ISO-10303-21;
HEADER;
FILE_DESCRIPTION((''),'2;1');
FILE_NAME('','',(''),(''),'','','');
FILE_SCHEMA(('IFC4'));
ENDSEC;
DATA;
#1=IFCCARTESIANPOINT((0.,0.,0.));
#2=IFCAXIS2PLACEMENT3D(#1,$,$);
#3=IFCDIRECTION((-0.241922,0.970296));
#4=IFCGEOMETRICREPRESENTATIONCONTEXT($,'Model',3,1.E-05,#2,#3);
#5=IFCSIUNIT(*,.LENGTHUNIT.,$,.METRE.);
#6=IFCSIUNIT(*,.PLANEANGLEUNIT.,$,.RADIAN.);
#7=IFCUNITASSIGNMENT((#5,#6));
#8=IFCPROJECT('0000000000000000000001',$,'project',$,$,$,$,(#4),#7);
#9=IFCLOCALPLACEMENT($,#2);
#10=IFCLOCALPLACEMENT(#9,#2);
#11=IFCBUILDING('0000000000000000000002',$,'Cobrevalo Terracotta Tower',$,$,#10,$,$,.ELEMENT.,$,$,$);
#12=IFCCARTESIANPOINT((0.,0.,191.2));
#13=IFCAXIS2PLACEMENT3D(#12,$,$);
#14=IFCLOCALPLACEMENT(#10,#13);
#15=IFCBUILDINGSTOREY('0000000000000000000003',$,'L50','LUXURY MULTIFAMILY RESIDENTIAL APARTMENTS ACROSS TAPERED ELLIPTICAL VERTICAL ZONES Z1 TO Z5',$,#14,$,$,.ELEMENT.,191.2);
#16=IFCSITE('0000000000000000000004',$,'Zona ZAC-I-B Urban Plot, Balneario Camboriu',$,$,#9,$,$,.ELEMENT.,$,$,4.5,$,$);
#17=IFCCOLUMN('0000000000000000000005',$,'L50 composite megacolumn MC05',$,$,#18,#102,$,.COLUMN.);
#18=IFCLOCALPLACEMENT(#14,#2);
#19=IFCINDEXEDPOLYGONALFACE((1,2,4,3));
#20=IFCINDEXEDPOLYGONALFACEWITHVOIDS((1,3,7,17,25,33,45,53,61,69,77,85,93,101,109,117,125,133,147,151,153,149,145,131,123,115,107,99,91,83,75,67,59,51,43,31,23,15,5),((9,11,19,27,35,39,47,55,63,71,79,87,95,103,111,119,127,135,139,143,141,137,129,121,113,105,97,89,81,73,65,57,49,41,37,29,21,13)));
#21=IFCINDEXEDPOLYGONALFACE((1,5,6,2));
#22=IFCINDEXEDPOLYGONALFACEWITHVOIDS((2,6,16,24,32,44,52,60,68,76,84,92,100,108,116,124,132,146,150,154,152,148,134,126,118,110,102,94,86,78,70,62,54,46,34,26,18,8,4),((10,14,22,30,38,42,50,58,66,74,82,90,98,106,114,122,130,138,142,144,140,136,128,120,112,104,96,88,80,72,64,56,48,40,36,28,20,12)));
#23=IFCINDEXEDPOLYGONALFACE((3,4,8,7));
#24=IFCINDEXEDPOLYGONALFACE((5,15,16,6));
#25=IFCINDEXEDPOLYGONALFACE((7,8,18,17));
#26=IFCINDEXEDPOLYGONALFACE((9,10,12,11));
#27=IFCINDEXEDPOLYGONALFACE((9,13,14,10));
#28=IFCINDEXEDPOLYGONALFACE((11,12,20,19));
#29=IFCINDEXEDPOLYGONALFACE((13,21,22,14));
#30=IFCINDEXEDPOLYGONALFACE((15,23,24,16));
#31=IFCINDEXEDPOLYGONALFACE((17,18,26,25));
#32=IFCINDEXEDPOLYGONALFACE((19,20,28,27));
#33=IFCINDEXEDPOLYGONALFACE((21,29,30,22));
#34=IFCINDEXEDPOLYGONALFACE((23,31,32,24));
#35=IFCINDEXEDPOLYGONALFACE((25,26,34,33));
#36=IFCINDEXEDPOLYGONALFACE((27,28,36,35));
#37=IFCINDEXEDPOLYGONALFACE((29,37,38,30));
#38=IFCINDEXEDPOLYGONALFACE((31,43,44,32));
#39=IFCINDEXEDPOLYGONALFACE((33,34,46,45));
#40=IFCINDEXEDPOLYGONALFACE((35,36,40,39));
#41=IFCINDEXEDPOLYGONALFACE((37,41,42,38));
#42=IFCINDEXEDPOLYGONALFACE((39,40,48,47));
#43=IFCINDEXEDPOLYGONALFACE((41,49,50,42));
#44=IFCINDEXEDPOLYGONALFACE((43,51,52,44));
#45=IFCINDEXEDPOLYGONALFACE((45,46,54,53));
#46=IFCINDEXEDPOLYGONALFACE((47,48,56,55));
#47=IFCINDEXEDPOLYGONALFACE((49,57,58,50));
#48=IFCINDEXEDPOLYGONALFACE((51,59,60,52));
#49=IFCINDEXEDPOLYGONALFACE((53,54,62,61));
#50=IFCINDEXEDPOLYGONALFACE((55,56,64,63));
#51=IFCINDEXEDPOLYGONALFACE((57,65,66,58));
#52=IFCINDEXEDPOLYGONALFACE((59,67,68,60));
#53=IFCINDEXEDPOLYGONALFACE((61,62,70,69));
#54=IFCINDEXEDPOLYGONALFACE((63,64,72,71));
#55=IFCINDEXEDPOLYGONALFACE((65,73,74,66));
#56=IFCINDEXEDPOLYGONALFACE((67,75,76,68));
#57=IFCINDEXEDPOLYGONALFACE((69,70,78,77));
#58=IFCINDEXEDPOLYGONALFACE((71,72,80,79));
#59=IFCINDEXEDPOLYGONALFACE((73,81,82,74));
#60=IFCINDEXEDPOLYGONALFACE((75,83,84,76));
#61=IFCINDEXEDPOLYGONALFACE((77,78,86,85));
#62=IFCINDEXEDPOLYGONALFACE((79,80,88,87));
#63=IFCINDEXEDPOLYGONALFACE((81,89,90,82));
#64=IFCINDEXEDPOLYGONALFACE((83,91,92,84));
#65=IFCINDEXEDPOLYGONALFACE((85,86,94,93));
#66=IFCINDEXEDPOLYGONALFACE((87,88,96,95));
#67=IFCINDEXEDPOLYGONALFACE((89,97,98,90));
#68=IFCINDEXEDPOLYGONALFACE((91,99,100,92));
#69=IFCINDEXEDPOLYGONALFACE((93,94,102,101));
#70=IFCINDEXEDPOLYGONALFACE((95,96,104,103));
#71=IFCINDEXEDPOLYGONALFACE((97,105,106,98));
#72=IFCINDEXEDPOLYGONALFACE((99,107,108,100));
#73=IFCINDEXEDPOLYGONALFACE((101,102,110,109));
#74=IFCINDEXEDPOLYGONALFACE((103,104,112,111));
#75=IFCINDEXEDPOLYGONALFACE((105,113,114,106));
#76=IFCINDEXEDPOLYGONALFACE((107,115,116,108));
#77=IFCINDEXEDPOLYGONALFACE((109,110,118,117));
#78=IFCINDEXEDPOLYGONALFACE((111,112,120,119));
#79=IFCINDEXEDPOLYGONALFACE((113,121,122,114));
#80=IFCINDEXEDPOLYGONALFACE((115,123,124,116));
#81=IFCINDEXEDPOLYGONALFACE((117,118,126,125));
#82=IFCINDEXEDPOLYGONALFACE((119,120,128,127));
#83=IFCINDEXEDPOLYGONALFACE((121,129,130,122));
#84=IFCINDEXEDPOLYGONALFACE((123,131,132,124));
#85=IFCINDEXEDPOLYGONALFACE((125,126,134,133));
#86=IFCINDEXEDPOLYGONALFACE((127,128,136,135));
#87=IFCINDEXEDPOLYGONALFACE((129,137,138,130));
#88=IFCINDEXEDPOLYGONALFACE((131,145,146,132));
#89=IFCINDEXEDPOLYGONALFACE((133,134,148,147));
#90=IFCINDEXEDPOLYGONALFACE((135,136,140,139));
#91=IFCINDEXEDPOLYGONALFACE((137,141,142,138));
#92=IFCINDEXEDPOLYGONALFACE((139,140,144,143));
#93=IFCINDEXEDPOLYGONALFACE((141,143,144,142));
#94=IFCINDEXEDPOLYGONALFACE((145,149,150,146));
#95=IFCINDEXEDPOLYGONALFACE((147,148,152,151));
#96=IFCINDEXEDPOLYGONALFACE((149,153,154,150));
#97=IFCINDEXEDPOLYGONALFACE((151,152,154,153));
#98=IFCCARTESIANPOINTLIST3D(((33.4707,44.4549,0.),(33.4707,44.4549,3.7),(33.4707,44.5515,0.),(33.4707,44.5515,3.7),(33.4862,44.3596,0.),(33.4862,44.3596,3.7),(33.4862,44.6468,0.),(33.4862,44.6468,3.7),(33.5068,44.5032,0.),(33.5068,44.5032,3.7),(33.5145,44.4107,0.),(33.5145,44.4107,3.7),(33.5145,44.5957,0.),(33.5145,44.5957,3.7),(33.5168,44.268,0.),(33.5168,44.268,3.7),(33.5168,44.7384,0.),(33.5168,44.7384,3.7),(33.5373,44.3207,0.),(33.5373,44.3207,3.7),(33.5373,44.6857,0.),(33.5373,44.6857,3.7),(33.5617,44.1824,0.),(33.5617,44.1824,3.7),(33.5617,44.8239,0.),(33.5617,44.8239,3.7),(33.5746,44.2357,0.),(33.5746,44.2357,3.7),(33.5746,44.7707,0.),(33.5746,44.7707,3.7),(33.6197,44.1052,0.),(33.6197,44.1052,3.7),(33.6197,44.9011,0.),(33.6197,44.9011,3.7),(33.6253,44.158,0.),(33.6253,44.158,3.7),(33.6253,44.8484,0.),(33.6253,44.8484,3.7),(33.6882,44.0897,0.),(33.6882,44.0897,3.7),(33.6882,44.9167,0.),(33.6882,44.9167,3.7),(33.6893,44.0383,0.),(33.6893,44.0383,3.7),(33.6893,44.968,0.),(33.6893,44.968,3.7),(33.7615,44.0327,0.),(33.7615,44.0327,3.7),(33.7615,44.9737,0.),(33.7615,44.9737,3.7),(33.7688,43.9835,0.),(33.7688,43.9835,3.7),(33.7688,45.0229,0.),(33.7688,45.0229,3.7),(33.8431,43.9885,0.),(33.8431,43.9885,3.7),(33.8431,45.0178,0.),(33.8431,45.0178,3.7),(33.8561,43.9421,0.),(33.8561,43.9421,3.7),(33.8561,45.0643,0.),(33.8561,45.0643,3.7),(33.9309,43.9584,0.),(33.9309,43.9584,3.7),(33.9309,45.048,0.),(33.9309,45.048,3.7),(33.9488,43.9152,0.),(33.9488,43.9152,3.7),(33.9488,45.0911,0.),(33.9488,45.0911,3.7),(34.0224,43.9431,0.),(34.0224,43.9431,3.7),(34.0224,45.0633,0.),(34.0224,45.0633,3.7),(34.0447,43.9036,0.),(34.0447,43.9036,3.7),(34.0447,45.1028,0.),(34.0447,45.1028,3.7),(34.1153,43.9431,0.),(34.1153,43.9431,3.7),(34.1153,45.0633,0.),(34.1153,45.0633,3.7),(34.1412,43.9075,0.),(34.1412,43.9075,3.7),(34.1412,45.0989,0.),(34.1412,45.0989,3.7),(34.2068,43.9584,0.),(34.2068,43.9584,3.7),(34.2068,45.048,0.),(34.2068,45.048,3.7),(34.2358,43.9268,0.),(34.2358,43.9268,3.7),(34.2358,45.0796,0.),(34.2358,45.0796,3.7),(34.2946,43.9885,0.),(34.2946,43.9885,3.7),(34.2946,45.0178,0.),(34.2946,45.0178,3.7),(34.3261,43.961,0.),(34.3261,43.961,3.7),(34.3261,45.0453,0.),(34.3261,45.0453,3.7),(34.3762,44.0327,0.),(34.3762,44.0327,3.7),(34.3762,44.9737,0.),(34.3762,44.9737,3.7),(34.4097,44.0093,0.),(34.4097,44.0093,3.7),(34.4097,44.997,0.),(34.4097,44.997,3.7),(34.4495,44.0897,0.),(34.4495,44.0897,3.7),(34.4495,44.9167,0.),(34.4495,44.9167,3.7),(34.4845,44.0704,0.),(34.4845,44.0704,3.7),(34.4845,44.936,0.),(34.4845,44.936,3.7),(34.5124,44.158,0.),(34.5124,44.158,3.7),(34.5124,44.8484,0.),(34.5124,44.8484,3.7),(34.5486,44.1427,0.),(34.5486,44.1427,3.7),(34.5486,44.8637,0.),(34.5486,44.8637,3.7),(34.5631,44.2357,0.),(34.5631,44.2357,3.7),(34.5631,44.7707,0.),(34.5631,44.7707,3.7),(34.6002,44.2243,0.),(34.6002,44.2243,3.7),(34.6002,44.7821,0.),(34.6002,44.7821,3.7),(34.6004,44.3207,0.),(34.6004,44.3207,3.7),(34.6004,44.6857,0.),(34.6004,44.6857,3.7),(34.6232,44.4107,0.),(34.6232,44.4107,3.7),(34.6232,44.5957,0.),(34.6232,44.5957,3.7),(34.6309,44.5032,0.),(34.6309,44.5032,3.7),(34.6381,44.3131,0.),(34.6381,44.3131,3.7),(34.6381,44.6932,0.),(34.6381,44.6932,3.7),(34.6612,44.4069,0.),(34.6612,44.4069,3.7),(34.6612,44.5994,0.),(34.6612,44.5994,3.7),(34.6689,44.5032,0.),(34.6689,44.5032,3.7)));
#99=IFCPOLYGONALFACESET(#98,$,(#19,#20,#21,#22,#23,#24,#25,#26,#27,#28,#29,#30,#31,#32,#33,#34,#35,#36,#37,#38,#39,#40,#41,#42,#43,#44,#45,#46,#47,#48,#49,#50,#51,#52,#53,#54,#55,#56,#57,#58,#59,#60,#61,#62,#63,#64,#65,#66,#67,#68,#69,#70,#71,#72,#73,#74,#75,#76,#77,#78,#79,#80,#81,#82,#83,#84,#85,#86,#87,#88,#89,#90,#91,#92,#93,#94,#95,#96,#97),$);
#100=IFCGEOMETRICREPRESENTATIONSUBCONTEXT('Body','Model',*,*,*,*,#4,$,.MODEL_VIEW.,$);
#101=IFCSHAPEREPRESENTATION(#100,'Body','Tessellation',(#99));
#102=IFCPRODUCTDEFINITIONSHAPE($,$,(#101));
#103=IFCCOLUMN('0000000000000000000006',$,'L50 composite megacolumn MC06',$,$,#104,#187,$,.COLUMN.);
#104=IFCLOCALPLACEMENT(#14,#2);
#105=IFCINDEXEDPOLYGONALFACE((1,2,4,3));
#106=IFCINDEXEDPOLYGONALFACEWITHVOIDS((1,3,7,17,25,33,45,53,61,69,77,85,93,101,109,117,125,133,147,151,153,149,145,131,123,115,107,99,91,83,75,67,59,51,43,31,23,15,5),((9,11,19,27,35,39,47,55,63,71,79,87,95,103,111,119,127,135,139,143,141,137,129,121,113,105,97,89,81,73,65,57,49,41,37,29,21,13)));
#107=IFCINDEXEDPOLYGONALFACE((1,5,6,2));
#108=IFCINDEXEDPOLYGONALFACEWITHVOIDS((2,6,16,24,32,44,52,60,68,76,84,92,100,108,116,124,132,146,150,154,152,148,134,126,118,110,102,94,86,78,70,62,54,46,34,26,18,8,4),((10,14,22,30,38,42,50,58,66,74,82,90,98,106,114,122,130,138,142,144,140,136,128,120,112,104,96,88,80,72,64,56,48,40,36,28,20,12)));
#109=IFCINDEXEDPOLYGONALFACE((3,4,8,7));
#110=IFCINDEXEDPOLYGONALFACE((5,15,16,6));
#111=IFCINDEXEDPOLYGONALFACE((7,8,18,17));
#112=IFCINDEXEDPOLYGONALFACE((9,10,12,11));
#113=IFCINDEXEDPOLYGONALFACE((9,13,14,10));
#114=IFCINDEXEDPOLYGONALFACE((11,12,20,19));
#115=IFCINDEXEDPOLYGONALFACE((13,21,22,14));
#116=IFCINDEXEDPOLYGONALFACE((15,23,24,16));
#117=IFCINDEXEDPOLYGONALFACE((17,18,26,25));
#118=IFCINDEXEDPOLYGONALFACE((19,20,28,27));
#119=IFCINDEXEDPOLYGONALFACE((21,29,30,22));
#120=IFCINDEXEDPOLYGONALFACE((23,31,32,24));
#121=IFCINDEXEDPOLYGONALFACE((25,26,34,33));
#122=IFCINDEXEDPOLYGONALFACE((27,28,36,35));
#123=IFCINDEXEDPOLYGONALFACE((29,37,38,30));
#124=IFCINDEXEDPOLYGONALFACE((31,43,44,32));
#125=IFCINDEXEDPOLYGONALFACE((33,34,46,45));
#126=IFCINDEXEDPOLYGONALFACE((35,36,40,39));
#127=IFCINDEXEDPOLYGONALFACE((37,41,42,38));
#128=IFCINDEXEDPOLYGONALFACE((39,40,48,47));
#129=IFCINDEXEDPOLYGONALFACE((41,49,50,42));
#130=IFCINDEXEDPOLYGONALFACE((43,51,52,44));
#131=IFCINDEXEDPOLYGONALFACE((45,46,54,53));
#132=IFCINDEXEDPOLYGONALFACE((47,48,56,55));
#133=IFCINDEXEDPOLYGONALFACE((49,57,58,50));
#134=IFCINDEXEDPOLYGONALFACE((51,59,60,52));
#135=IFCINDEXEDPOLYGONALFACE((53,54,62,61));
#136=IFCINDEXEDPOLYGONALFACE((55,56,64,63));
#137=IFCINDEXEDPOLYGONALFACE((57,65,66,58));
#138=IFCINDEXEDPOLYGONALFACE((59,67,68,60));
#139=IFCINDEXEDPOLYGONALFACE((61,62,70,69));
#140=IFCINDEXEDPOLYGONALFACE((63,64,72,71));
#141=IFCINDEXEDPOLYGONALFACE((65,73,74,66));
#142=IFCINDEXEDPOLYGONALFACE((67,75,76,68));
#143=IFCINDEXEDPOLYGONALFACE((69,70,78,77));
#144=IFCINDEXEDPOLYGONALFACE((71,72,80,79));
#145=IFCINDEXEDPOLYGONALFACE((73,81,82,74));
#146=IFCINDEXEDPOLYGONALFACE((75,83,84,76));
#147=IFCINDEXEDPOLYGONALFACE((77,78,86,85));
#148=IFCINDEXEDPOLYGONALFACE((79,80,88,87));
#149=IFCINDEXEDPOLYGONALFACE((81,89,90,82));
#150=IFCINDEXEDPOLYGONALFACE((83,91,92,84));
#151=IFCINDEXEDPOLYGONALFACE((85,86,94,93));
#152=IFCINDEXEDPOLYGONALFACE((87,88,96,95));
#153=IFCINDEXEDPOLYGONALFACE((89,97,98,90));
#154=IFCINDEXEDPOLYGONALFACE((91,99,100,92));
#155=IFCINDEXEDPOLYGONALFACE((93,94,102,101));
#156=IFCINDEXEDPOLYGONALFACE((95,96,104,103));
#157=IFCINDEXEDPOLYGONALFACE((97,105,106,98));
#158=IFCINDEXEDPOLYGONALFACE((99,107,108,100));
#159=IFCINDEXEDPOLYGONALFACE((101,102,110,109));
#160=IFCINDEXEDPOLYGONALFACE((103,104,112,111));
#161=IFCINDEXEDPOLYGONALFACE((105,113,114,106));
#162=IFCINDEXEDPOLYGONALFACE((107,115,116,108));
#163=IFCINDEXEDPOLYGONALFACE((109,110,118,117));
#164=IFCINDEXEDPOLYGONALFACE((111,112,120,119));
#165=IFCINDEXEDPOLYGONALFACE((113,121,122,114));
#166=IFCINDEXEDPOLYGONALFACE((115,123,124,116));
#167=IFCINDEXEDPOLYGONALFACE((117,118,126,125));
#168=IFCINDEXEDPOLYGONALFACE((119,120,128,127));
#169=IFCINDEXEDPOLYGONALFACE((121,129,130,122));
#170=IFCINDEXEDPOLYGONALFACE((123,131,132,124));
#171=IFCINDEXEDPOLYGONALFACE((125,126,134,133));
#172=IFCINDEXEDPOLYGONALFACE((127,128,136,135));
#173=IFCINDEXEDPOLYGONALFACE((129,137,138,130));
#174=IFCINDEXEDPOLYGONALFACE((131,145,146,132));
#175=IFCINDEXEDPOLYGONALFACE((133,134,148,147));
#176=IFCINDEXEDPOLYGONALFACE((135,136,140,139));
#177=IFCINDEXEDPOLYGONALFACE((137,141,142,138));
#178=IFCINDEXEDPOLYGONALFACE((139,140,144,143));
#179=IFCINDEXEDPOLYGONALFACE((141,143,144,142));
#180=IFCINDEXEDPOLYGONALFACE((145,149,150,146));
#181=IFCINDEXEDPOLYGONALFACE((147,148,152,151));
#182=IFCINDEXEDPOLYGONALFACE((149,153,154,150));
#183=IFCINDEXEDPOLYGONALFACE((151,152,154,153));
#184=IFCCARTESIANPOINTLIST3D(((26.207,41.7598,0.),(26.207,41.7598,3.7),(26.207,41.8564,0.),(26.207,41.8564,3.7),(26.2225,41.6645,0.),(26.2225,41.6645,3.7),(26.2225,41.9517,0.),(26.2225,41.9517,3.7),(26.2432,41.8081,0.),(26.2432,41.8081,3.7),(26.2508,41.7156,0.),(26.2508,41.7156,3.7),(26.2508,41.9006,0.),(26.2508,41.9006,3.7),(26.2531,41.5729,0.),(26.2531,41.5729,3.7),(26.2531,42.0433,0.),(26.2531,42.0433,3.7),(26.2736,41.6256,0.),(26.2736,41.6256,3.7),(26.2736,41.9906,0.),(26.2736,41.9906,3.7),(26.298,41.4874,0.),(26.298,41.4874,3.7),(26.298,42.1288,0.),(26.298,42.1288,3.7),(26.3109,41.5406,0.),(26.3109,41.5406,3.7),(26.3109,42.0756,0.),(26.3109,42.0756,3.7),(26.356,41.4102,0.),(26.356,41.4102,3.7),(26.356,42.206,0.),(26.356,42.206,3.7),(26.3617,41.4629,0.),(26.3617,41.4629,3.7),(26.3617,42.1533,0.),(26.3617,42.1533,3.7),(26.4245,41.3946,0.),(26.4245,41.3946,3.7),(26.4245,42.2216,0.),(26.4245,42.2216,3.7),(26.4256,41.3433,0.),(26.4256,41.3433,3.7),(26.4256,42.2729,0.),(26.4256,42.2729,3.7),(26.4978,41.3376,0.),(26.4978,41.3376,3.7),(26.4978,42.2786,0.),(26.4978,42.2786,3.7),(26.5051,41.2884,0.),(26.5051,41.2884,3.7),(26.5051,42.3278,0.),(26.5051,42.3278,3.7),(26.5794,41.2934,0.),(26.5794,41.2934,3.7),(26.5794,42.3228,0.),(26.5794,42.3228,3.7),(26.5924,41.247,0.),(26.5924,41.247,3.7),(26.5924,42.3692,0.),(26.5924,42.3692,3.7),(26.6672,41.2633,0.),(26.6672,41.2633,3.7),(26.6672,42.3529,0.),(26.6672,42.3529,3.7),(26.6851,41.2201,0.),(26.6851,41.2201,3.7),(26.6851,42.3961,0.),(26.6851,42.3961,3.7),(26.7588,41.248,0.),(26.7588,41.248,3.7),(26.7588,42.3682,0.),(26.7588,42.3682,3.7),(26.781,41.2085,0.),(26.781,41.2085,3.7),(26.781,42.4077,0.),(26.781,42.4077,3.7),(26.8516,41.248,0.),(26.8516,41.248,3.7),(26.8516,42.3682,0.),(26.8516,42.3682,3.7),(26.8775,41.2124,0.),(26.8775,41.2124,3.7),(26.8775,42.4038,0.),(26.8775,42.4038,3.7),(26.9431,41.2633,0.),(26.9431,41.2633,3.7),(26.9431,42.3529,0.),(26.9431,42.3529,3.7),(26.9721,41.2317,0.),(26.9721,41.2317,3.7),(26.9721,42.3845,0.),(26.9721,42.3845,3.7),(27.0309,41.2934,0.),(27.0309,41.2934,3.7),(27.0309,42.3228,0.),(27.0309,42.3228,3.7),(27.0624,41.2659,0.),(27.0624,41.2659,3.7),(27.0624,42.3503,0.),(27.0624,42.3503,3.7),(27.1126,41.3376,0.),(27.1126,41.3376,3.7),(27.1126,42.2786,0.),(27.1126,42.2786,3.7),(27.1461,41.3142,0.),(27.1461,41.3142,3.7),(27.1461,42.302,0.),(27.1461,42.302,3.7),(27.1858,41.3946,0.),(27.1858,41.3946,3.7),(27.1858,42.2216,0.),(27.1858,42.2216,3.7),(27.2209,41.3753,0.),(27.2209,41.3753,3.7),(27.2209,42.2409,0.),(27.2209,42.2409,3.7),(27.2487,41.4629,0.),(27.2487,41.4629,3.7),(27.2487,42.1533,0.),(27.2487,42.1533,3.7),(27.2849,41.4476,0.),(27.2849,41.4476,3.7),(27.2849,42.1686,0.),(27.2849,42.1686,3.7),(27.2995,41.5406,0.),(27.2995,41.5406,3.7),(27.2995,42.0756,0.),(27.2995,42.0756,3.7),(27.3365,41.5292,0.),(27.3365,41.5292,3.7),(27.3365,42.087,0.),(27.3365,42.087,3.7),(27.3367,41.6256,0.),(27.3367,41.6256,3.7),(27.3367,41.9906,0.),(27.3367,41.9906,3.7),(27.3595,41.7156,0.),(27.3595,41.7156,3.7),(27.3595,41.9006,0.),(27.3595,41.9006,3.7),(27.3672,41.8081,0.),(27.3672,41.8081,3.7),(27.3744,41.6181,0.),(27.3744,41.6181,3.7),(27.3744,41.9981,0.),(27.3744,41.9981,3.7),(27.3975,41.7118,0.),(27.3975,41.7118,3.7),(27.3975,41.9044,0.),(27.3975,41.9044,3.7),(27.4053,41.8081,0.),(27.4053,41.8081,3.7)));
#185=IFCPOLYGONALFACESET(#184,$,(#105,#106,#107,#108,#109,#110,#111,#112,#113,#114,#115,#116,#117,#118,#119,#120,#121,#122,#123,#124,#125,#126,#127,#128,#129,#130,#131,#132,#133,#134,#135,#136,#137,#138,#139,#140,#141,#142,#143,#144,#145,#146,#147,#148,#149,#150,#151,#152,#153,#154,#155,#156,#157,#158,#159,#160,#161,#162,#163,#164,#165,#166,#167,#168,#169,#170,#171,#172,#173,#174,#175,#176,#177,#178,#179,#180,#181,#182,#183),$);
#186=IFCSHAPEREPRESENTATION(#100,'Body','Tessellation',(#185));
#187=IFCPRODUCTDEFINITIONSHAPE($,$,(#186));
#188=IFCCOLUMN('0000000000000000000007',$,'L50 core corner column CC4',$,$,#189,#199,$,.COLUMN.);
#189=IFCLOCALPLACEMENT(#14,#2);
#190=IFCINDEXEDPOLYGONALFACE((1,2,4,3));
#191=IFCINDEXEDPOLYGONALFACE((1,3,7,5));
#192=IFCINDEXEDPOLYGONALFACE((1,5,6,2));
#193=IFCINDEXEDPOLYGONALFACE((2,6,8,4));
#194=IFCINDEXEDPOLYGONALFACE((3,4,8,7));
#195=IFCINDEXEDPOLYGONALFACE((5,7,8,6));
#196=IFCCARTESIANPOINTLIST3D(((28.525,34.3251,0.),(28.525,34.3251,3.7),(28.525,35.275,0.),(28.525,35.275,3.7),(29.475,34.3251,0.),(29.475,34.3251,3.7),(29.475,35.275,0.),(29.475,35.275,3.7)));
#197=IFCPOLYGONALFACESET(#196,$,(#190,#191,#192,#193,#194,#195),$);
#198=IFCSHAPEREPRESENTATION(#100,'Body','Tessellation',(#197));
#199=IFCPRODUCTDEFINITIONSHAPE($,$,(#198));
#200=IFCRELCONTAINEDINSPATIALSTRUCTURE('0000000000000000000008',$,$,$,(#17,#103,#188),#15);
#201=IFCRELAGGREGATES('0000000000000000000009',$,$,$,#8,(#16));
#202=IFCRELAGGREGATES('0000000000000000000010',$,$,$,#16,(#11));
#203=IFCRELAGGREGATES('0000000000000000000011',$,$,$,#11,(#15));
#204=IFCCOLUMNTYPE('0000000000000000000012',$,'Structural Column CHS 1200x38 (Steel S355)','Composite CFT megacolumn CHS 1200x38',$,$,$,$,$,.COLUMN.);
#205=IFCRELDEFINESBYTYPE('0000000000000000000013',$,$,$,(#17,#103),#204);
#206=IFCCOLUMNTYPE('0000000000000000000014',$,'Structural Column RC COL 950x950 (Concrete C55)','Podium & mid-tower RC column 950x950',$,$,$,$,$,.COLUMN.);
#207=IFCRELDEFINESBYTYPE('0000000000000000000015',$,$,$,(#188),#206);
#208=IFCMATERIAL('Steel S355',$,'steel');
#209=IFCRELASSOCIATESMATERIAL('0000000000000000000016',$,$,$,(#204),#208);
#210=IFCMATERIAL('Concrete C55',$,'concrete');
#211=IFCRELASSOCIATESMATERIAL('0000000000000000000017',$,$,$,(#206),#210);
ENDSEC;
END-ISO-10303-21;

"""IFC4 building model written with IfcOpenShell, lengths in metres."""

from ifc_helpers import new_model, si_unit, direction, frame, origin, origin_2d, place, context, subcontext, project, spatial, rectangle, hollow_circle, extrude, material, material_profile, profile_set, type_object, element, save


model = new_model("IFC4")

# Units and contexts
model_context = context("Model", 3, precision=1e-05, world=origin(), true_north=direction((-0.241922, 0.970296)))
body_context = subcontext(model_context, "Body", "Model", "MODEL_VIEW")
ifc_project = project(units=[si_unit("LENGTHUNIT", "METRE"), si_unit("PLANEANGLEUNIT", "RADIAN")], contexts=[model_context])

# Site, building, storey
site_placement = place(None, origin())
site = spatial("IfcSite", under=ifc_project, at=site_placement, Name="Zona ZAC-I-B Urban Plot, Balneario Camboriu", CompositionType="ELEMENT", RefElevation=4.5)
building_placement = place(site_placement, origin())
building = spatial("IfcBuilding", under=site, at=building_placement, Name="Cobrevalo Terracotta Tower", CompositionType="ELEMENT")
storey_placement = place(building_placement, frame((0.0, 0.0, 191.2)))
storey = spatial("IfcBuildingStorey", under=building, at=storey_placement, Name="L50", Description="LUXURY MULTIFAMILY RESIDENTIAL APARTMENTS ACROSS TAPERED ELLIPTICAL VERTICAL ZONES Z1 TO Z5", CompositionType="ELEMENT", Elevation=191.2)

# Columns
ifc_material_1 = material(Name="Steel S355", Category="steel")
ifc_material_profile_1 = material_profile(ifc_material_1, hollow_circle(Radius=0.6001, WallThickness=0.0381, at=origin_2d()), Name="CHS 1200x38")
ifc_profile_set_1 = profile_set([ifc_material_profile_1], Name="Steel S355")
column_type_1 = type_object("IfcColumnType", Name="Structural Column CHS 1200x38 (Steel S355)", Description="Composite CFT megacolumn CHS 1200x38", PredefinedType="COLUMN", material=ifc_profile_set_1)
for number, where, z_axis, x_axis, name in (
    (1, (34.0688, 44.5032, 0.0), (0.0, 0.0, 1.0), (1.0, 0.0, 0.0), "L50 composite megacolumn MC05"),
    (2, (26.8052, 41.8081, 0.0), (0.0, 0.0, 1.0), (1.0, 0.0, 0.0), "L50 composite megacolumn MC06"),
):
    element("IfcColumn", number, at=place(storey_placement, frame(where, z_axis=z_axis, x_axis=x_axis)), inside=storey, type_object=column_type_1, Name=name, PredefinedType="COLUMN", context=body_context, shape_type="SweptSolid", body=[
        extrude(hollow_circle(Radius=0.6001, WallThickness=0.0381, at=origin_2d()), origin(), (0.0, 0.0, 1.0), 3.7),
    ])
ifc_material_2 = material(Name="Concrete C55", Category="concrete")
ifc_material_profile_2 = material_profile(ifc_material_2, rectangle(XDim=0.95, YDim=0.95, at=origin_2d()), Name="RC COL 950x950")
ifc_profile_set_2 = profile_set([ifc_material_profile_2], Name="Concrete C55")
column_type_2 = type_object("IfcColumnType", Name="Structural Column RC COL 950x950 (Concrete C55)", Description="Podium & mid-tower RC column 950x950", PredefinedType="COLUMN", material=ifc_profile_set_2)
column_placement = place(storey_placement, frame((29.0, 34.8, 0.0), z_axis=(0.0, 0.0, 1.0), x_axis=(1.0, 0.0, 0.0)))
element("IfcColumn", 3, at=column_placement, inside=storey, type_object=column_type_2, Name="L50 core corner column CC4", PredefinedType="COLUMN", context=body_context, shape_type="SweptSolid", body=[
    extrude(rectangle(XDim=0.95, YDim=0.95, at=origin_2d()), origin(), (0.0, 0.0, 1.0), 3.7),
])

save(model, "model.ifc")
